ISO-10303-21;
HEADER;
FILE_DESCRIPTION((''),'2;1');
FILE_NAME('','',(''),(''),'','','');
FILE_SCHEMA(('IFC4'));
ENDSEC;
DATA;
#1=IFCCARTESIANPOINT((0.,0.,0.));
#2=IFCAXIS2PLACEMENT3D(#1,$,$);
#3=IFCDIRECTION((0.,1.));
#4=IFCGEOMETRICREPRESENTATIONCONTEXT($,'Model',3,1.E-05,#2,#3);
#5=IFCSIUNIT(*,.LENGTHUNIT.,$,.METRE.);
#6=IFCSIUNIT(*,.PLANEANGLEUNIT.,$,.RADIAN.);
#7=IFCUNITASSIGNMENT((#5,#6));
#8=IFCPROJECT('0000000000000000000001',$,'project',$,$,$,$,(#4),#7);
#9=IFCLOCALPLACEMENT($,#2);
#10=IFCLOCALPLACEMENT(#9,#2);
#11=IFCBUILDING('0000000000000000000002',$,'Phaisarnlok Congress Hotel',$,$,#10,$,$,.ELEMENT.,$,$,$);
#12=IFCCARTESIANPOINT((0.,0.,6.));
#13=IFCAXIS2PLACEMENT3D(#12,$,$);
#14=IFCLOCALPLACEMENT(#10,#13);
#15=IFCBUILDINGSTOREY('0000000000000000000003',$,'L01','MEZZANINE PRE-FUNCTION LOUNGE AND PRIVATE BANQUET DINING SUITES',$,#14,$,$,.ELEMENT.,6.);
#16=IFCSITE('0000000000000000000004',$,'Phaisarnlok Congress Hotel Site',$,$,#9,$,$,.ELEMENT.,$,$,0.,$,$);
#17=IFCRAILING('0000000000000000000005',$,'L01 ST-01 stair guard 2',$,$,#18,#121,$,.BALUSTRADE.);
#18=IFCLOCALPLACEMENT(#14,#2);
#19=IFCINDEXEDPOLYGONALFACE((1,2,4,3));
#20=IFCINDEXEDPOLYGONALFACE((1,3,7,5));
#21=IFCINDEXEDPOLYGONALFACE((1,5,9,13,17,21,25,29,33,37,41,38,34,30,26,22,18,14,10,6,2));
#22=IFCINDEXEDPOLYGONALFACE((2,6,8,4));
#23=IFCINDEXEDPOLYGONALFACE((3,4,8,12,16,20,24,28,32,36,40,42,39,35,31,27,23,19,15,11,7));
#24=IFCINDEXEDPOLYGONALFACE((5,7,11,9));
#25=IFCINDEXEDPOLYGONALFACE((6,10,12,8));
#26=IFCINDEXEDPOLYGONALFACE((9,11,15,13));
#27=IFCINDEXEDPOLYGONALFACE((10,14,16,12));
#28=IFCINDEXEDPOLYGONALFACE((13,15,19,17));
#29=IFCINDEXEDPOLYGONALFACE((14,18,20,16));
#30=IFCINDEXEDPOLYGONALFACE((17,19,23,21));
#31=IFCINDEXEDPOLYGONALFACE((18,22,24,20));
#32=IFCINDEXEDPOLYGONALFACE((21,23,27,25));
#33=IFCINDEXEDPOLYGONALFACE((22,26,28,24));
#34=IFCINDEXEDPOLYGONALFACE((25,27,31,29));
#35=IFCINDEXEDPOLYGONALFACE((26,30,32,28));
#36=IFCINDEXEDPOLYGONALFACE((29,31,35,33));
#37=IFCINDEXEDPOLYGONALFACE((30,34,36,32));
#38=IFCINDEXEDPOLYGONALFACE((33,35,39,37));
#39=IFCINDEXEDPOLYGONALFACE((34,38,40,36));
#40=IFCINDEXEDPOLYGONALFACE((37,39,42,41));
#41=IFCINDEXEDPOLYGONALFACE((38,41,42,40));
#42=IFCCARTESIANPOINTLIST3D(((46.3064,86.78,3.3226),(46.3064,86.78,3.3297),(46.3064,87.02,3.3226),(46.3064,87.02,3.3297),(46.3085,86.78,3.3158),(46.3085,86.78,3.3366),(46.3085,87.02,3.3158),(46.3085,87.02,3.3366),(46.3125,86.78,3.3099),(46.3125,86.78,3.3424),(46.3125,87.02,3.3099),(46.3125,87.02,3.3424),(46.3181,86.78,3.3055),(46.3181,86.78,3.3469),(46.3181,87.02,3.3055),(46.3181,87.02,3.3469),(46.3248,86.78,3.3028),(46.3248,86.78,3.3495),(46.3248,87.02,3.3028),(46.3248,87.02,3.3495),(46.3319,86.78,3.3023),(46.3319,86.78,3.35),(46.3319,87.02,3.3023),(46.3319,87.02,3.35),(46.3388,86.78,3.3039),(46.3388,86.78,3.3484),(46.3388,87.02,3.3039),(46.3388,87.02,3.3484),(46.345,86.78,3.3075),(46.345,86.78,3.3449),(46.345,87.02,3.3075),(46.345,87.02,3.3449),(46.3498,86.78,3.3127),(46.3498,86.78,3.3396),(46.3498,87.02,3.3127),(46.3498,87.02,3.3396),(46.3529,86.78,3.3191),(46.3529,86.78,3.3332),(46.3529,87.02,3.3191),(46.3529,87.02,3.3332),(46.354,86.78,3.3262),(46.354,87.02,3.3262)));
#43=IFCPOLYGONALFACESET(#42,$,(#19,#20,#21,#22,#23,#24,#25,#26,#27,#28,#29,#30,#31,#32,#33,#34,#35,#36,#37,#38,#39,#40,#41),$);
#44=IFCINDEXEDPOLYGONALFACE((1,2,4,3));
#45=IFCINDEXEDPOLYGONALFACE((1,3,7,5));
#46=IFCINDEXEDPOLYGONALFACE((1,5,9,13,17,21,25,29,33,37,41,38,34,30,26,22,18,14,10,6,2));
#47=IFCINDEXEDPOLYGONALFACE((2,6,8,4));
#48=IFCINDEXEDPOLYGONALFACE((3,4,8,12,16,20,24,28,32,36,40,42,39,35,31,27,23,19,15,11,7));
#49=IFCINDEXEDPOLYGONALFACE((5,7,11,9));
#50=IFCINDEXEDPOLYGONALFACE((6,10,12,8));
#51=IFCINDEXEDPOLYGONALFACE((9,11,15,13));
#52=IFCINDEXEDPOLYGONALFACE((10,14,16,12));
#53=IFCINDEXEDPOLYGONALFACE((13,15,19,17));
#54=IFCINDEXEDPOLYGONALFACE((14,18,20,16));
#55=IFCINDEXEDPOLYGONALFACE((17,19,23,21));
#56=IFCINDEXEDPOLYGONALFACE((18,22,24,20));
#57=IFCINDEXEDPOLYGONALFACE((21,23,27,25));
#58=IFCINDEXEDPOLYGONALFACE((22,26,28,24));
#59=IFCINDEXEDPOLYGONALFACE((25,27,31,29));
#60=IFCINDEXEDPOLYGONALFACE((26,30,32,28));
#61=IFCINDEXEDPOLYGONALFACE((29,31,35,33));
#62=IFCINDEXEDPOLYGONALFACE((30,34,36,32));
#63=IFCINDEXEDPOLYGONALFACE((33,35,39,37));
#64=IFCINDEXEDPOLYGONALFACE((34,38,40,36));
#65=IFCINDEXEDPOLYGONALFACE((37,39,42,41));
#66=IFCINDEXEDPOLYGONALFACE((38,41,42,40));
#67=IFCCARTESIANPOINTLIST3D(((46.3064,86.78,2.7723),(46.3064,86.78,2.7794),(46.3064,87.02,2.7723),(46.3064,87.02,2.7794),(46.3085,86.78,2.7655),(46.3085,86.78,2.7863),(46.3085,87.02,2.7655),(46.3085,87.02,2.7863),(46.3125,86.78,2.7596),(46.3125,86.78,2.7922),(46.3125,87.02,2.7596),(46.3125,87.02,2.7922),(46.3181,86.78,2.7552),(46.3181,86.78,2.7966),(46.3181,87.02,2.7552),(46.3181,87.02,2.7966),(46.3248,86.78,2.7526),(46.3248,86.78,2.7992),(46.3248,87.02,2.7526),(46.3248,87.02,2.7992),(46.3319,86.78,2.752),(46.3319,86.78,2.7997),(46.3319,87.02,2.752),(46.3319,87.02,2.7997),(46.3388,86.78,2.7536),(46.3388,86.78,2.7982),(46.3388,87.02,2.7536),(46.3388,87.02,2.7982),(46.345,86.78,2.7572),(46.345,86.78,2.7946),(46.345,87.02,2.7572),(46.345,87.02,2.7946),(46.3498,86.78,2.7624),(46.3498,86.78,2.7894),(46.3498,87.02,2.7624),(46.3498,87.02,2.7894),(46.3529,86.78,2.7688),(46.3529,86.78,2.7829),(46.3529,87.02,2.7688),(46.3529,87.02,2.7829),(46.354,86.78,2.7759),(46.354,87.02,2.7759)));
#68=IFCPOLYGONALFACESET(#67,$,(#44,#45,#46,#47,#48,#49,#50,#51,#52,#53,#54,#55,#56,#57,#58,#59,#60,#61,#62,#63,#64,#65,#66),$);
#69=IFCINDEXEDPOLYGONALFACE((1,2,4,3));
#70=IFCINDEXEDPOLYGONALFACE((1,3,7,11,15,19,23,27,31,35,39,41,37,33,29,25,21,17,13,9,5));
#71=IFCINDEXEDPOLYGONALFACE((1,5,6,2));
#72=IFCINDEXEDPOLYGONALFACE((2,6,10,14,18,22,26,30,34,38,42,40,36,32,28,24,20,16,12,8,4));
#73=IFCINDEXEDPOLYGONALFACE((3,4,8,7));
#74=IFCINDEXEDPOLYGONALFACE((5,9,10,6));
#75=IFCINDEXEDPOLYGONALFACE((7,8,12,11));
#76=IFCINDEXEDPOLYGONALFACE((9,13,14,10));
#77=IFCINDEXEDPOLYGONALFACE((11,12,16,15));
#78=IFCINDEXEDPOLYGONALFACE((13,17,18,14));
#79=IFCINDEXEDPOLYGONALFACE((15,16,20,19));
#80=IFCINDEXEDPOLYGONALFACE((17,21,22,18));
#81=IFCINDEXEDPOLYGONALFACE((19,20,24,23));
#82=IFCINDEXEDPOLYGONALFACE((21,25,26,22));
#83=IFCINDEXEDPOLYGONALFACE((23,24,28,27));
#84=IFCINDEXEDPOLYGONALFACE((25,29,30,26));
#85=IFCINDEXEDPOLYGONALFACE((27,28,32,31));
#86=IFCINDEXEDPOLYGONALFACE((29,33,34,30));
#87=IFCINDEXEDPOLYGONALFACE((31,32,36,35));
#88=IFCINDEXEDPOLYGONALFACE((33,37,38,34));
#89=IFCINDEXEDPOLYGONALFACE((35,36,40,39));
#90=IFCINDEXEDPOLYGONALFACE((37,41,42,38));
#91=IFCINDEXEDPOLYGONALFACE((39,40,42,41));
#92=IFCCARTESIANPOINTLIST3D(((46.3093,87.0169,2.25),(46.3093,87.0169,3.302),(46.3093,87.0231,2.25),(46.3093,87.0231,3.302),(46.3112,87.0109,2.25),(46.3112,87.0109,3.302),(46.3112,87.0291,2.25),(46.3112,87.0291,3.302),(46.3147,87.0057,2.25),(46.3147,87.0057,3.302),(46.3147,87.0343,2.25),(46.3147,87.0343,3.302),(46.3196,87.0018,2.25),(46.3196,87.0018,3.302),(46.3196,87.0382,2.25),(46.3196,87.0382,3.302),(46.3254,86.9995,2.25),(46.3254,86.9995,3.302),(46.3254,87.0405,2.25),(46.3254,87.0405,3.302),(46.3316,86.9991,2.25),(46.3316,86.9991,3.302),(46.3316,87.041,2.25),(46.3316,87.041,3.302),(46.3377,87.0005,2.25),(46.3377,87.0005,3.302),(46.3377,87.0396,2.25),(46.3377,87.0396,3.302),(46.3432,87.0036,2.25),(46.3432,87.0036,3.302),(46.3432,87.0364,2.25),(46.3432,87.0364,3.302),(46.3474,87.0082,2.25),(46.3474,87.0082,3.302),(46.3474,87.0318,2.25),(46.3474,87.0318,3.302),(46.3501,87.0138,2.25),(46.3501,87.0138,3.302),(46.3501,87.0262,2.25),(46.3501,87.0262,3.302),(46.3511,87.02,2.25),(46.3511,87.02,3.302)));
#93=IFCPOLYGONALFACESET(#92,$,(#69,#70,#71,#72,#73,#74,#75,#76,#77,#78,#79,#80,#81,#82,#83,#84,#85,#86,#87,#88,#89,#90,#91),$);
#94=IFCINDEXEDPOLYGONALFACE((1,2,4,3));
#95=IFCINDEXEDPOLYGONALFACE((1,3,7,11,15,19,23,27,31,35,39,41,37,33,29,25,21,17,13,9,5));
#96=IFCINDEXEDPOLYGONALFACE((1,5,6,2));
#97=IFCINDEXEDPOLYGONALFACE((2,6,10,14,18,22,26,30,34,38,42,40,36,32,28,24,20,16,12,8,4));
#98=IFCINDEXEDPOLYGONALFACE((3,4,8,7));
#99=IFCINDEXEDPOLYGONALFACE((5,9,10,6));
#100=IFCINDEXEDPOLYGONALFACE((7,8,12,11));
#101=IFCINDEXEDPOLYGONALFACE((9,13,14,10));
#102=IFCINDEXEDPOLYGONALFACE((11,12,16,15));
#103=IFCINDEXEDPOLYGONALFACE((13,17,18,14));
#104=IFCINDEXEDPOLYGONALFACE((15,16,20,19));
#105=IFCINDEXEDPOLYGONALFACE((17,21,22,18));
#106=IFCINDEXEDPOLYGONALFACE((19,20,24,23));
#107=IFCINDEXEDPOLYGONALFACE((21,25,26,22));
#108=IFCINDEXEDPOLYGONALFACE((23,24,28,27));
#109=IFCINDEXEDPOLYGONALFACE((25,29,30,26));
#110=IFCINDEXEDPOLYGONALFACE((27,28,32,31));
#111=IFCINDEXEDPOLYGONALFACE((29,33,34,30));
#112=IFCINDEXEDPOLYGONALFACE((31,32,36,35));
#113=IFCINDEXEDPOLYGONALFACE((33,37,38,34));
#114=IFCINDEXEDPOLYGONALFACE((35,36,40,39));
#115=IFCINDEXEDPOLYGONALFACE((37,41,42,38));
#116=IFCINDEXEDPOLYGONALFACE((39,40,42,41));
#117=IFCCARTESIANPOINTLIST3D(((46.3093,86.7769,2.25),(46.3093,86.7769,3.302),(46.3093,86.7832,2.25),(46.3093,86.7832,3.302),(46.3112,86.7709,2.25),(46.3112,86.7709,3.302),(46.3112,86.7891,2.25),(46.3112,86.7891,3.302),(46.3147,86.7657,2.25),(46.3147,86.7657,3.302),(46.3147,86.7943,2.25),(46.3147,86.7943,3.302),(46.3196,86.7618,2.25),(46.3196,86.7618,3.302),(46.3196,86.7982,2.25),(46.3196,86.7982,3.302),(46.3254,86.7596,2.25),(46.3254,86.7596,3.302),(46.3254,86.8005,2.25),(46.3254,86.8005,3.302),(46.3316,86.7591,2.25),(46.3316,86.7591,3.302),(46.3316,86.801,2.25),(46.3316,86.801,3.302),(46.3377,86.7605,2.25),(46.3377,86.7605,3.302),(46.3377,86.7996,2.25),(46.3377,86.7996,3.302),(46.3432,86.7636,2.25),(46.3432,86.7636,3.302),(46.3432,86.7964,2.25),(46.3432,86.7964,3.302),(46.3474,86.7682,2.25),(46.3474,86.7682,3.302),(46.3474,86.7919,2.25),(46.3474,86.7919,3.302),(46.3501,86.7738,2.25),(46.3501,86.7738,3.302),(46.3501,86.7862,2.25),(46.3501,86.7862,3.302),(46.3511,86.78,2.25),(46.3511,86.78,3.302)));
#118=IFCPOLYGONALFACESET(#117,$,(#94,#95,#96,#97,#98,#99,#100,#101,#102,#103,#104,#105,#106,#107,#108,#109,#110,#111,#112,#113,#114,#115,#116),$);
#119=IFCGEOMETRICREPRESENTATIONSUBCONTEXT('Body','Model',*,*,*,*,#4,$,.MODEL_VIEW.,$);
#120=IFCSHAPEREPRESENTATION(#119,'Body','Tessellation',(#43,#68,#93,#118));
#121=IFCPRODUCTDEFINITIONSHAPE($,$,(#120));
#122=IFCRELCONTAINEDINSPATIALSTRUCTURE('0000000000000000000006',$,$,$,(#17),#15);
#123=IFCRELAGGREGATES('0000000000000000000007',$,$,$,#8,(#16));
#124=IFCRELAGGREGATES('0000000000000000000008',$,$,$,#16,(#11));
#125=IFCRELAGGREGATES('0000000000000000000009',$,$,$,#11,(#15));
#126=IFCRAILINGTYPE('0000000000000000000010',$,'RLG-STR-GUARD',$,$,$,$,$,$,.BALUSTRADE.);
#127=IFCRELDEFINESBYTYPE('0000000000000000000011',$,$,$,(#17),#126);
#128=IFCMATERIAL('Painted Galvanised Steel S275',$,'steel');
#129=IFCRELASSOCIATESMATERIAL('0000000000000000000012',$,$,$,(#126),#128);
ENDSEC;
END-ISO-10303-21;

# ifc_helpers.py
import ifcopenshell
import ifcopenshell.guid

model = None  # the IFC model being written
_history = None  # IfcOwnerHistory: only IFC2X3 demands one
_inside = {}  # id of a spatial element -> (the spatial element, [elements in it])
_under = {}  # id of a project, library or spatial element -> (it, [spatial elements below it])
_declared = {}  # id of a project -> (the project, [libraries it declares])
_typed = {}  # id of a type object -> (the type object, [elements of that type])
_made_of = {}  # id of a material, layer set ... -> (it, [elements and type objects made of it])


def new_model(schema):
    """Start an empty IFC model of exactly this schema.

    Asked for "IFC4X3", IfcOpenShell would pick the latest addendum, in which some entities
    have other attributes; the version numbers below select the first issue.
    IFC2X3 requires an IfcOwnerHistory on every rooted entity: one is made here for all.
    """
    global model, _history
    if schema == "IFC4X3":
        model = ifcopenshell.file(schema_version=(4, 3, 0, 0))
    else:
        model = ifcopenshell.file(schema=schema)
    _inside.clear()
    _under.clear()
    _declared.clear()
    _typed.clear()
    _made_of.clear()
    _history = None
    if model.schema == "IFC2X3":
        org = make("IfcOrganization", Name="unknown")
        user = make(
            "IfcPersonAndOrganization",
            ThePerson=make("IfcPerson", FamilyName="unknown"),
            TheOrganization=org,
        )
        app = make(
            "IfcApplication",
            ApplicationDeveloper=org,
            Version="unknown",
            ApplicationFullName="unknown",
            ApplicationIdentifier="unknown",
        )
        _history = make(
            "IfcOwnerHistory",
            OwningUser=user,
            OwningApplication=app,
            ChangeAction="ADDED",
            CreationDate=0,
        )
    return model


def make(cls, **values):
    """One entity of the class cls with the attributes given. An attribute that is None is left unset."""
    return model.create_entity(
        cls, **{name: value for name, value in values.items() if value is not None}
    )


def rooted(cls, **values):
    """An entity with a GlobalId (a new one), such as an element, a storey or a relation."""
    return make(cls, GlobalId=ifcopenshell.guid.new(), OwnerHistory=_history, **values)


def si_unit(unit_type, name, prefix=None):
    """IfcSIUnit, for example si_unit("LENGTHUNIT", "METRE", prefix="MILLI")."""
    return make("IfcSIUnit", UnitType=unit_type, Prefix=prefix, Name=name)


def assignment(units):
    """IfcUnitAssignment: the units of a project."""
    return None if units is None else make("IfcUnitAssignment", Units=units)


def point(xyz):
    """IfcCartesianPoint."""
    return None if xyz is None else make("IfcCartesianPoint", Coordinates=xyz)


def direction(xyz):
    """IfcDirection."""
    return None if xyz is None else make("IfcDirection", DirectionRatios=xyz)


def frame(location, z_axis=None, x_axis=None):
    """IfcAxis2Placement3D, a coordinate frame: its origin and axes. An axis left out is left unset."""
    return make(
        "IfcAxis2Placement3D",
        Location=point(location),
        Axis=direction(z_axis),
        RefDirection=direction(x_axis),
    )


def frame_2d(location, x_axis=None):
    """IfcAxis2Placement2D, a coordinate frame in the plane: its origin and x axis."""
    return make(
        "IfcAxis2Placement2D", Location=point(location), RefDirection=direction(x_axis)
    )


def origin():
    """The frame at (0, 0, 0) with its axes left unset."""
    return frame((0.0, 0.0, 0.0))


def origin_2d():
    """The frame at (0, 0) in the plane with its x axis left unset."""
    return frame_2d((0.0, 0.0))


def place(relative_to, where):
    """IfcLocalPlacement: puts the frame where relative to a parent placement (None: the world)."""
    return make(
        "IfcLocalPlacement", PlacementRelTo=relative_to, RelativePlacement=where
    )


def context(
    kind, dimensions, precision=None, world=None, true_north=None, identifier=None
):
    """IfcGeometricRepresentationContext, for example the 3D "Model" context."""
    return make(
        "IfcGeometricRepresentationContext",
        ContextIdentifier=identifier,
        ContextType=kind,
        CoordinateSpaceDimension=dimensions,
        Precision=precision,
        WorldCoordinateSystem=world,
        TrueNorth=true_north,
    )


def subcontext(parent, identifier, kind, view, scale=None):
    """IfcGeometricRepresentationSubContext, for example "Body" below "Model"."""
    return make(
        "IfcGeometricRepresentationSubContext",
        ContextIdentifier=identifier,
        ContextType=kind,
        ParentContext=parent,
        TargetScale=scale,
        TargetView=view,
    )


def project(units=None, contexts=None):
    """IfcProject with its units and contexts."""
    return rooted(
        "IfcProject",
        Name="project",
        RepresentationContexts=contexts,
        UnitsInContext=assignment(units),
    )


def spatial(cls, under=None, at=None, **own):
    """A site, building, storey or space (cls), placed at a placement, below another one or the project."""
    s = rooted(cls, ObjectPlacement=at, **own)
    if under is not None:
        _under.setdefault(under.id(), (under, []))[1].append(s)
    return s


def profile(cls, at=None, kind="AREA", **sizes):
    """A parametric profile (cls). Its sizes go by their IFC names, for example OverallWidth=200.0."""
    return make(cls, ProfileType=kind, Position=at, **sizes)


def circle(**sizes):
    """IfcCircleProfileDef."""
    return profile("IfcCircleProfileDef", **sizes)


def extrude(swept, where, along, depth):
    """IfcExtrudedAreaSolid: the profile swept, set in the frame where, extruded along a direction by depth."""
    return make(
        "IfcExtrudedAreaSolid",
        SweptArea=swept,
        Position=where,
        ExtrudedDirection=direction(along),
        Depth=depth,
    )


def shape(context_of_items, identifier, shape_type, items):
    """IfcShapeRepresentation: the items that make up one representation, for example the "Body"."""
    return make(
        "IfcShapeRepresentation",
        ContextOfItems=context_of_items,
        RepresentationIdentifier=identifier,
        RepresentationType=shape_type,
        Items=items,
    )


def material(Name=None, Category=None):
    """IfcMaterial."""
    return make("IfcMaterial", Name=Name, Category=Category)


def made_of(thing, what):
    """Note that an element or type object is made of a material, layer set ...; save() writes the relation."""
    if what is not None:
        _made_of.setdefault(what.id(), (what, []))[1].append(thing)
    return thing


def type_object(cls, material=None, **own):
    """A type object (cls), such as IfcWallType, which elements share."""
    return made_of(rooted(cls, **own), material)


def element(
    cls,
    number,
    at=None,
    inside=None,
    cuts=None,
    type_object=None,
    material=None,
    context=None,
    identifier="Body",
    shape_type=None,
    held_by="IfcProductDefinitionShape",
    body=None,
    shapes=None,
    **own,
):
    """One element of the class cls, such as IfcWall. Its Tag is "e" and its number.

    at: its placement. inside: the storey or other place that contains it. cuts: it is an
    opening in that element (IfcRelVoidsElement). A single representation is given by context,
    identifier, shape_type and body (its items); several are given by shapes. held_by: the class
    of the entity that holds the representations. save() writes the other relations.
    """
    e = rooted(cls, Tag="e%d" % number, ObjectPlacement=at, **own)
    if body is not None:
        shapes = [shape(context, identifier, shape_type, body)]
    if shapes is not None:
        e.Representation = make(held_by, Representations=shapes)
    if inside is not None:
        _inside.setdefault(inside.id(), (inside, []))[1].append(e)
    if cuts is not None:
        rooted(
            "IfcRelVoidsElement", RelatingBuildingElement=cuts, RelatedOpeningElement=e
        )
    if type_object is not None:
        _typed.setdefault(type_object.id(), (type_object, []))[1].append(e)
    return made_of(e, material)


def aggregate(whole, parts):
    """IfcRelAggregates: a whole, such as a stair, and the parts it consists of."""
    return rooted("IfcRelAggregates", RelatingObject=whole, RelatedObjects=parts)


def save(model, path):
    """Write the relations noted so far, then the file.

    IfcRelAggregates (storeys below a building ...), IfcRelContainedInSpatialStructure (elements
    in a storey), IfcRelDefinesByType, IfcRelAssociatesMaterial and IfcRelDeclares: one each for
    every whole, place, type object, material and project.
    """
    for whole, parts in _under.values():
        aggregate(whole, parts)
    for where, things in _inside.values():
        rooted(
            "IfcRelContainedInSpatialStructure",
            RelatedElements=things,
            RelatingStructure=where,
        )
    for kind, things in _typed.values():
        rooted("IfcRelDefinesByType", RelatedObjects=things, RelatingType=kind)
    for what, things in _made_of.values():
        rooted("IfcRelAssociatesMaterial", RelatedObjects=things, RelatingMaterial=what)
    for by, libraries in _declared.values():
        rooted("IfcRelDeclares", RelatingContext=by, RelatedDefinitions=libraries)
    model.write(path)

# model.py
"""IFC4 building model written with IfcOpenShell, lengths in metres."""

from ifc_helpers import new_model, si_unit, direction, frame, origin, origin_2d, place, context, subcontext, project, spatial, circle, extrude, material, type_object, element, save


model = new_model("IFC4")

# Units and contexts
model_context = context("Model", 3, precision=1e-05, world=origin(), true_north=direction((0.0, 1.0)))
body_context = subcontext(model_context, "Body", "Model", "MODEL_VIEW")
ifc_project = project(units=[si_unit("LENGTHUNIT", "METRE"), si_unit("PLANEANGLEUNIT", "RADIAN")], contexts=[model_context])

# Site, building, storey
site_placement = place(None, origin())
site = spatial("IfcSite", under=ifc_project, at=site_placement, Name="Phaisarnlok Congress Hotel Site", CompositionType="ELEMENT", RefElevation=0.0)
building_placement = place(site_placement, origin())
building = spatial("IfcBuilding", under=site, at=building_placement, Name="Phaisarnlok Congress Hotel", CompositionType="ELEMENT")
storey_placement = place(building_placement, frame((0.0, 0.0, 6.0)))
storey = spatial("IfcBuildingStorey", under=building, at=storey_placement, Name="L01", Description="MEZZANINE PRE-FUNCTION LOUNGE AND PRIVATE BANQUET DINING SUITES", CompositionType="ELEMENT", Elevation=6.0)

# Railing
ifc_material_1 = material(Name="Painted Galvanised Steel S275", Category="steel")
railing_type_1 = type_object("IfcRailingType", Name="RLG-STR-GUARD", PredefinedType="BALUSTRADE", material=ifc_material_1)
railing_1_placement = place(storey_placement, frame((46.3301, 87.02, 2.25)))
element("IfcRailing", 1, at=railing_1_placement, inside=storey, type_object=railing_type_1, Name="L01 ST-01 stair guard 2", PredefinedType="BALUSTRADE", context=body_context, shape_type="SweptSolid", body=[
    extrude(circle(Radius=0.0239, at=origin_2d()), frame((0.0, 0.0, 1.0762), z_axis=(0.0, -1.0, 0.0), x_axis=(1.0, 0.0, 0.0)), (0.0, 0.0, 1.0), 0.24),
    extrude(circle(Radius=0.0239, at=origin_2d()), frame((0.0, 0.0, 0.5259), z_axis=(0.0, -1.0, 0.0), x_axis=(1.0, 0.0, 0.0)), (0.0, 0.0, 1.0), 0.24),
    extrude(circle(Radius=0.021, at=origin_2d()), origin(), (0.0, 0.0, 1.0), 1.052),
    extrude(circle(Radius=0.021, at=origin_2d()), frame((0.0, -0.24, 0.0)), (0.0, 0.0, 1.0), 1.052),
])

save(model, "model.ifc")
